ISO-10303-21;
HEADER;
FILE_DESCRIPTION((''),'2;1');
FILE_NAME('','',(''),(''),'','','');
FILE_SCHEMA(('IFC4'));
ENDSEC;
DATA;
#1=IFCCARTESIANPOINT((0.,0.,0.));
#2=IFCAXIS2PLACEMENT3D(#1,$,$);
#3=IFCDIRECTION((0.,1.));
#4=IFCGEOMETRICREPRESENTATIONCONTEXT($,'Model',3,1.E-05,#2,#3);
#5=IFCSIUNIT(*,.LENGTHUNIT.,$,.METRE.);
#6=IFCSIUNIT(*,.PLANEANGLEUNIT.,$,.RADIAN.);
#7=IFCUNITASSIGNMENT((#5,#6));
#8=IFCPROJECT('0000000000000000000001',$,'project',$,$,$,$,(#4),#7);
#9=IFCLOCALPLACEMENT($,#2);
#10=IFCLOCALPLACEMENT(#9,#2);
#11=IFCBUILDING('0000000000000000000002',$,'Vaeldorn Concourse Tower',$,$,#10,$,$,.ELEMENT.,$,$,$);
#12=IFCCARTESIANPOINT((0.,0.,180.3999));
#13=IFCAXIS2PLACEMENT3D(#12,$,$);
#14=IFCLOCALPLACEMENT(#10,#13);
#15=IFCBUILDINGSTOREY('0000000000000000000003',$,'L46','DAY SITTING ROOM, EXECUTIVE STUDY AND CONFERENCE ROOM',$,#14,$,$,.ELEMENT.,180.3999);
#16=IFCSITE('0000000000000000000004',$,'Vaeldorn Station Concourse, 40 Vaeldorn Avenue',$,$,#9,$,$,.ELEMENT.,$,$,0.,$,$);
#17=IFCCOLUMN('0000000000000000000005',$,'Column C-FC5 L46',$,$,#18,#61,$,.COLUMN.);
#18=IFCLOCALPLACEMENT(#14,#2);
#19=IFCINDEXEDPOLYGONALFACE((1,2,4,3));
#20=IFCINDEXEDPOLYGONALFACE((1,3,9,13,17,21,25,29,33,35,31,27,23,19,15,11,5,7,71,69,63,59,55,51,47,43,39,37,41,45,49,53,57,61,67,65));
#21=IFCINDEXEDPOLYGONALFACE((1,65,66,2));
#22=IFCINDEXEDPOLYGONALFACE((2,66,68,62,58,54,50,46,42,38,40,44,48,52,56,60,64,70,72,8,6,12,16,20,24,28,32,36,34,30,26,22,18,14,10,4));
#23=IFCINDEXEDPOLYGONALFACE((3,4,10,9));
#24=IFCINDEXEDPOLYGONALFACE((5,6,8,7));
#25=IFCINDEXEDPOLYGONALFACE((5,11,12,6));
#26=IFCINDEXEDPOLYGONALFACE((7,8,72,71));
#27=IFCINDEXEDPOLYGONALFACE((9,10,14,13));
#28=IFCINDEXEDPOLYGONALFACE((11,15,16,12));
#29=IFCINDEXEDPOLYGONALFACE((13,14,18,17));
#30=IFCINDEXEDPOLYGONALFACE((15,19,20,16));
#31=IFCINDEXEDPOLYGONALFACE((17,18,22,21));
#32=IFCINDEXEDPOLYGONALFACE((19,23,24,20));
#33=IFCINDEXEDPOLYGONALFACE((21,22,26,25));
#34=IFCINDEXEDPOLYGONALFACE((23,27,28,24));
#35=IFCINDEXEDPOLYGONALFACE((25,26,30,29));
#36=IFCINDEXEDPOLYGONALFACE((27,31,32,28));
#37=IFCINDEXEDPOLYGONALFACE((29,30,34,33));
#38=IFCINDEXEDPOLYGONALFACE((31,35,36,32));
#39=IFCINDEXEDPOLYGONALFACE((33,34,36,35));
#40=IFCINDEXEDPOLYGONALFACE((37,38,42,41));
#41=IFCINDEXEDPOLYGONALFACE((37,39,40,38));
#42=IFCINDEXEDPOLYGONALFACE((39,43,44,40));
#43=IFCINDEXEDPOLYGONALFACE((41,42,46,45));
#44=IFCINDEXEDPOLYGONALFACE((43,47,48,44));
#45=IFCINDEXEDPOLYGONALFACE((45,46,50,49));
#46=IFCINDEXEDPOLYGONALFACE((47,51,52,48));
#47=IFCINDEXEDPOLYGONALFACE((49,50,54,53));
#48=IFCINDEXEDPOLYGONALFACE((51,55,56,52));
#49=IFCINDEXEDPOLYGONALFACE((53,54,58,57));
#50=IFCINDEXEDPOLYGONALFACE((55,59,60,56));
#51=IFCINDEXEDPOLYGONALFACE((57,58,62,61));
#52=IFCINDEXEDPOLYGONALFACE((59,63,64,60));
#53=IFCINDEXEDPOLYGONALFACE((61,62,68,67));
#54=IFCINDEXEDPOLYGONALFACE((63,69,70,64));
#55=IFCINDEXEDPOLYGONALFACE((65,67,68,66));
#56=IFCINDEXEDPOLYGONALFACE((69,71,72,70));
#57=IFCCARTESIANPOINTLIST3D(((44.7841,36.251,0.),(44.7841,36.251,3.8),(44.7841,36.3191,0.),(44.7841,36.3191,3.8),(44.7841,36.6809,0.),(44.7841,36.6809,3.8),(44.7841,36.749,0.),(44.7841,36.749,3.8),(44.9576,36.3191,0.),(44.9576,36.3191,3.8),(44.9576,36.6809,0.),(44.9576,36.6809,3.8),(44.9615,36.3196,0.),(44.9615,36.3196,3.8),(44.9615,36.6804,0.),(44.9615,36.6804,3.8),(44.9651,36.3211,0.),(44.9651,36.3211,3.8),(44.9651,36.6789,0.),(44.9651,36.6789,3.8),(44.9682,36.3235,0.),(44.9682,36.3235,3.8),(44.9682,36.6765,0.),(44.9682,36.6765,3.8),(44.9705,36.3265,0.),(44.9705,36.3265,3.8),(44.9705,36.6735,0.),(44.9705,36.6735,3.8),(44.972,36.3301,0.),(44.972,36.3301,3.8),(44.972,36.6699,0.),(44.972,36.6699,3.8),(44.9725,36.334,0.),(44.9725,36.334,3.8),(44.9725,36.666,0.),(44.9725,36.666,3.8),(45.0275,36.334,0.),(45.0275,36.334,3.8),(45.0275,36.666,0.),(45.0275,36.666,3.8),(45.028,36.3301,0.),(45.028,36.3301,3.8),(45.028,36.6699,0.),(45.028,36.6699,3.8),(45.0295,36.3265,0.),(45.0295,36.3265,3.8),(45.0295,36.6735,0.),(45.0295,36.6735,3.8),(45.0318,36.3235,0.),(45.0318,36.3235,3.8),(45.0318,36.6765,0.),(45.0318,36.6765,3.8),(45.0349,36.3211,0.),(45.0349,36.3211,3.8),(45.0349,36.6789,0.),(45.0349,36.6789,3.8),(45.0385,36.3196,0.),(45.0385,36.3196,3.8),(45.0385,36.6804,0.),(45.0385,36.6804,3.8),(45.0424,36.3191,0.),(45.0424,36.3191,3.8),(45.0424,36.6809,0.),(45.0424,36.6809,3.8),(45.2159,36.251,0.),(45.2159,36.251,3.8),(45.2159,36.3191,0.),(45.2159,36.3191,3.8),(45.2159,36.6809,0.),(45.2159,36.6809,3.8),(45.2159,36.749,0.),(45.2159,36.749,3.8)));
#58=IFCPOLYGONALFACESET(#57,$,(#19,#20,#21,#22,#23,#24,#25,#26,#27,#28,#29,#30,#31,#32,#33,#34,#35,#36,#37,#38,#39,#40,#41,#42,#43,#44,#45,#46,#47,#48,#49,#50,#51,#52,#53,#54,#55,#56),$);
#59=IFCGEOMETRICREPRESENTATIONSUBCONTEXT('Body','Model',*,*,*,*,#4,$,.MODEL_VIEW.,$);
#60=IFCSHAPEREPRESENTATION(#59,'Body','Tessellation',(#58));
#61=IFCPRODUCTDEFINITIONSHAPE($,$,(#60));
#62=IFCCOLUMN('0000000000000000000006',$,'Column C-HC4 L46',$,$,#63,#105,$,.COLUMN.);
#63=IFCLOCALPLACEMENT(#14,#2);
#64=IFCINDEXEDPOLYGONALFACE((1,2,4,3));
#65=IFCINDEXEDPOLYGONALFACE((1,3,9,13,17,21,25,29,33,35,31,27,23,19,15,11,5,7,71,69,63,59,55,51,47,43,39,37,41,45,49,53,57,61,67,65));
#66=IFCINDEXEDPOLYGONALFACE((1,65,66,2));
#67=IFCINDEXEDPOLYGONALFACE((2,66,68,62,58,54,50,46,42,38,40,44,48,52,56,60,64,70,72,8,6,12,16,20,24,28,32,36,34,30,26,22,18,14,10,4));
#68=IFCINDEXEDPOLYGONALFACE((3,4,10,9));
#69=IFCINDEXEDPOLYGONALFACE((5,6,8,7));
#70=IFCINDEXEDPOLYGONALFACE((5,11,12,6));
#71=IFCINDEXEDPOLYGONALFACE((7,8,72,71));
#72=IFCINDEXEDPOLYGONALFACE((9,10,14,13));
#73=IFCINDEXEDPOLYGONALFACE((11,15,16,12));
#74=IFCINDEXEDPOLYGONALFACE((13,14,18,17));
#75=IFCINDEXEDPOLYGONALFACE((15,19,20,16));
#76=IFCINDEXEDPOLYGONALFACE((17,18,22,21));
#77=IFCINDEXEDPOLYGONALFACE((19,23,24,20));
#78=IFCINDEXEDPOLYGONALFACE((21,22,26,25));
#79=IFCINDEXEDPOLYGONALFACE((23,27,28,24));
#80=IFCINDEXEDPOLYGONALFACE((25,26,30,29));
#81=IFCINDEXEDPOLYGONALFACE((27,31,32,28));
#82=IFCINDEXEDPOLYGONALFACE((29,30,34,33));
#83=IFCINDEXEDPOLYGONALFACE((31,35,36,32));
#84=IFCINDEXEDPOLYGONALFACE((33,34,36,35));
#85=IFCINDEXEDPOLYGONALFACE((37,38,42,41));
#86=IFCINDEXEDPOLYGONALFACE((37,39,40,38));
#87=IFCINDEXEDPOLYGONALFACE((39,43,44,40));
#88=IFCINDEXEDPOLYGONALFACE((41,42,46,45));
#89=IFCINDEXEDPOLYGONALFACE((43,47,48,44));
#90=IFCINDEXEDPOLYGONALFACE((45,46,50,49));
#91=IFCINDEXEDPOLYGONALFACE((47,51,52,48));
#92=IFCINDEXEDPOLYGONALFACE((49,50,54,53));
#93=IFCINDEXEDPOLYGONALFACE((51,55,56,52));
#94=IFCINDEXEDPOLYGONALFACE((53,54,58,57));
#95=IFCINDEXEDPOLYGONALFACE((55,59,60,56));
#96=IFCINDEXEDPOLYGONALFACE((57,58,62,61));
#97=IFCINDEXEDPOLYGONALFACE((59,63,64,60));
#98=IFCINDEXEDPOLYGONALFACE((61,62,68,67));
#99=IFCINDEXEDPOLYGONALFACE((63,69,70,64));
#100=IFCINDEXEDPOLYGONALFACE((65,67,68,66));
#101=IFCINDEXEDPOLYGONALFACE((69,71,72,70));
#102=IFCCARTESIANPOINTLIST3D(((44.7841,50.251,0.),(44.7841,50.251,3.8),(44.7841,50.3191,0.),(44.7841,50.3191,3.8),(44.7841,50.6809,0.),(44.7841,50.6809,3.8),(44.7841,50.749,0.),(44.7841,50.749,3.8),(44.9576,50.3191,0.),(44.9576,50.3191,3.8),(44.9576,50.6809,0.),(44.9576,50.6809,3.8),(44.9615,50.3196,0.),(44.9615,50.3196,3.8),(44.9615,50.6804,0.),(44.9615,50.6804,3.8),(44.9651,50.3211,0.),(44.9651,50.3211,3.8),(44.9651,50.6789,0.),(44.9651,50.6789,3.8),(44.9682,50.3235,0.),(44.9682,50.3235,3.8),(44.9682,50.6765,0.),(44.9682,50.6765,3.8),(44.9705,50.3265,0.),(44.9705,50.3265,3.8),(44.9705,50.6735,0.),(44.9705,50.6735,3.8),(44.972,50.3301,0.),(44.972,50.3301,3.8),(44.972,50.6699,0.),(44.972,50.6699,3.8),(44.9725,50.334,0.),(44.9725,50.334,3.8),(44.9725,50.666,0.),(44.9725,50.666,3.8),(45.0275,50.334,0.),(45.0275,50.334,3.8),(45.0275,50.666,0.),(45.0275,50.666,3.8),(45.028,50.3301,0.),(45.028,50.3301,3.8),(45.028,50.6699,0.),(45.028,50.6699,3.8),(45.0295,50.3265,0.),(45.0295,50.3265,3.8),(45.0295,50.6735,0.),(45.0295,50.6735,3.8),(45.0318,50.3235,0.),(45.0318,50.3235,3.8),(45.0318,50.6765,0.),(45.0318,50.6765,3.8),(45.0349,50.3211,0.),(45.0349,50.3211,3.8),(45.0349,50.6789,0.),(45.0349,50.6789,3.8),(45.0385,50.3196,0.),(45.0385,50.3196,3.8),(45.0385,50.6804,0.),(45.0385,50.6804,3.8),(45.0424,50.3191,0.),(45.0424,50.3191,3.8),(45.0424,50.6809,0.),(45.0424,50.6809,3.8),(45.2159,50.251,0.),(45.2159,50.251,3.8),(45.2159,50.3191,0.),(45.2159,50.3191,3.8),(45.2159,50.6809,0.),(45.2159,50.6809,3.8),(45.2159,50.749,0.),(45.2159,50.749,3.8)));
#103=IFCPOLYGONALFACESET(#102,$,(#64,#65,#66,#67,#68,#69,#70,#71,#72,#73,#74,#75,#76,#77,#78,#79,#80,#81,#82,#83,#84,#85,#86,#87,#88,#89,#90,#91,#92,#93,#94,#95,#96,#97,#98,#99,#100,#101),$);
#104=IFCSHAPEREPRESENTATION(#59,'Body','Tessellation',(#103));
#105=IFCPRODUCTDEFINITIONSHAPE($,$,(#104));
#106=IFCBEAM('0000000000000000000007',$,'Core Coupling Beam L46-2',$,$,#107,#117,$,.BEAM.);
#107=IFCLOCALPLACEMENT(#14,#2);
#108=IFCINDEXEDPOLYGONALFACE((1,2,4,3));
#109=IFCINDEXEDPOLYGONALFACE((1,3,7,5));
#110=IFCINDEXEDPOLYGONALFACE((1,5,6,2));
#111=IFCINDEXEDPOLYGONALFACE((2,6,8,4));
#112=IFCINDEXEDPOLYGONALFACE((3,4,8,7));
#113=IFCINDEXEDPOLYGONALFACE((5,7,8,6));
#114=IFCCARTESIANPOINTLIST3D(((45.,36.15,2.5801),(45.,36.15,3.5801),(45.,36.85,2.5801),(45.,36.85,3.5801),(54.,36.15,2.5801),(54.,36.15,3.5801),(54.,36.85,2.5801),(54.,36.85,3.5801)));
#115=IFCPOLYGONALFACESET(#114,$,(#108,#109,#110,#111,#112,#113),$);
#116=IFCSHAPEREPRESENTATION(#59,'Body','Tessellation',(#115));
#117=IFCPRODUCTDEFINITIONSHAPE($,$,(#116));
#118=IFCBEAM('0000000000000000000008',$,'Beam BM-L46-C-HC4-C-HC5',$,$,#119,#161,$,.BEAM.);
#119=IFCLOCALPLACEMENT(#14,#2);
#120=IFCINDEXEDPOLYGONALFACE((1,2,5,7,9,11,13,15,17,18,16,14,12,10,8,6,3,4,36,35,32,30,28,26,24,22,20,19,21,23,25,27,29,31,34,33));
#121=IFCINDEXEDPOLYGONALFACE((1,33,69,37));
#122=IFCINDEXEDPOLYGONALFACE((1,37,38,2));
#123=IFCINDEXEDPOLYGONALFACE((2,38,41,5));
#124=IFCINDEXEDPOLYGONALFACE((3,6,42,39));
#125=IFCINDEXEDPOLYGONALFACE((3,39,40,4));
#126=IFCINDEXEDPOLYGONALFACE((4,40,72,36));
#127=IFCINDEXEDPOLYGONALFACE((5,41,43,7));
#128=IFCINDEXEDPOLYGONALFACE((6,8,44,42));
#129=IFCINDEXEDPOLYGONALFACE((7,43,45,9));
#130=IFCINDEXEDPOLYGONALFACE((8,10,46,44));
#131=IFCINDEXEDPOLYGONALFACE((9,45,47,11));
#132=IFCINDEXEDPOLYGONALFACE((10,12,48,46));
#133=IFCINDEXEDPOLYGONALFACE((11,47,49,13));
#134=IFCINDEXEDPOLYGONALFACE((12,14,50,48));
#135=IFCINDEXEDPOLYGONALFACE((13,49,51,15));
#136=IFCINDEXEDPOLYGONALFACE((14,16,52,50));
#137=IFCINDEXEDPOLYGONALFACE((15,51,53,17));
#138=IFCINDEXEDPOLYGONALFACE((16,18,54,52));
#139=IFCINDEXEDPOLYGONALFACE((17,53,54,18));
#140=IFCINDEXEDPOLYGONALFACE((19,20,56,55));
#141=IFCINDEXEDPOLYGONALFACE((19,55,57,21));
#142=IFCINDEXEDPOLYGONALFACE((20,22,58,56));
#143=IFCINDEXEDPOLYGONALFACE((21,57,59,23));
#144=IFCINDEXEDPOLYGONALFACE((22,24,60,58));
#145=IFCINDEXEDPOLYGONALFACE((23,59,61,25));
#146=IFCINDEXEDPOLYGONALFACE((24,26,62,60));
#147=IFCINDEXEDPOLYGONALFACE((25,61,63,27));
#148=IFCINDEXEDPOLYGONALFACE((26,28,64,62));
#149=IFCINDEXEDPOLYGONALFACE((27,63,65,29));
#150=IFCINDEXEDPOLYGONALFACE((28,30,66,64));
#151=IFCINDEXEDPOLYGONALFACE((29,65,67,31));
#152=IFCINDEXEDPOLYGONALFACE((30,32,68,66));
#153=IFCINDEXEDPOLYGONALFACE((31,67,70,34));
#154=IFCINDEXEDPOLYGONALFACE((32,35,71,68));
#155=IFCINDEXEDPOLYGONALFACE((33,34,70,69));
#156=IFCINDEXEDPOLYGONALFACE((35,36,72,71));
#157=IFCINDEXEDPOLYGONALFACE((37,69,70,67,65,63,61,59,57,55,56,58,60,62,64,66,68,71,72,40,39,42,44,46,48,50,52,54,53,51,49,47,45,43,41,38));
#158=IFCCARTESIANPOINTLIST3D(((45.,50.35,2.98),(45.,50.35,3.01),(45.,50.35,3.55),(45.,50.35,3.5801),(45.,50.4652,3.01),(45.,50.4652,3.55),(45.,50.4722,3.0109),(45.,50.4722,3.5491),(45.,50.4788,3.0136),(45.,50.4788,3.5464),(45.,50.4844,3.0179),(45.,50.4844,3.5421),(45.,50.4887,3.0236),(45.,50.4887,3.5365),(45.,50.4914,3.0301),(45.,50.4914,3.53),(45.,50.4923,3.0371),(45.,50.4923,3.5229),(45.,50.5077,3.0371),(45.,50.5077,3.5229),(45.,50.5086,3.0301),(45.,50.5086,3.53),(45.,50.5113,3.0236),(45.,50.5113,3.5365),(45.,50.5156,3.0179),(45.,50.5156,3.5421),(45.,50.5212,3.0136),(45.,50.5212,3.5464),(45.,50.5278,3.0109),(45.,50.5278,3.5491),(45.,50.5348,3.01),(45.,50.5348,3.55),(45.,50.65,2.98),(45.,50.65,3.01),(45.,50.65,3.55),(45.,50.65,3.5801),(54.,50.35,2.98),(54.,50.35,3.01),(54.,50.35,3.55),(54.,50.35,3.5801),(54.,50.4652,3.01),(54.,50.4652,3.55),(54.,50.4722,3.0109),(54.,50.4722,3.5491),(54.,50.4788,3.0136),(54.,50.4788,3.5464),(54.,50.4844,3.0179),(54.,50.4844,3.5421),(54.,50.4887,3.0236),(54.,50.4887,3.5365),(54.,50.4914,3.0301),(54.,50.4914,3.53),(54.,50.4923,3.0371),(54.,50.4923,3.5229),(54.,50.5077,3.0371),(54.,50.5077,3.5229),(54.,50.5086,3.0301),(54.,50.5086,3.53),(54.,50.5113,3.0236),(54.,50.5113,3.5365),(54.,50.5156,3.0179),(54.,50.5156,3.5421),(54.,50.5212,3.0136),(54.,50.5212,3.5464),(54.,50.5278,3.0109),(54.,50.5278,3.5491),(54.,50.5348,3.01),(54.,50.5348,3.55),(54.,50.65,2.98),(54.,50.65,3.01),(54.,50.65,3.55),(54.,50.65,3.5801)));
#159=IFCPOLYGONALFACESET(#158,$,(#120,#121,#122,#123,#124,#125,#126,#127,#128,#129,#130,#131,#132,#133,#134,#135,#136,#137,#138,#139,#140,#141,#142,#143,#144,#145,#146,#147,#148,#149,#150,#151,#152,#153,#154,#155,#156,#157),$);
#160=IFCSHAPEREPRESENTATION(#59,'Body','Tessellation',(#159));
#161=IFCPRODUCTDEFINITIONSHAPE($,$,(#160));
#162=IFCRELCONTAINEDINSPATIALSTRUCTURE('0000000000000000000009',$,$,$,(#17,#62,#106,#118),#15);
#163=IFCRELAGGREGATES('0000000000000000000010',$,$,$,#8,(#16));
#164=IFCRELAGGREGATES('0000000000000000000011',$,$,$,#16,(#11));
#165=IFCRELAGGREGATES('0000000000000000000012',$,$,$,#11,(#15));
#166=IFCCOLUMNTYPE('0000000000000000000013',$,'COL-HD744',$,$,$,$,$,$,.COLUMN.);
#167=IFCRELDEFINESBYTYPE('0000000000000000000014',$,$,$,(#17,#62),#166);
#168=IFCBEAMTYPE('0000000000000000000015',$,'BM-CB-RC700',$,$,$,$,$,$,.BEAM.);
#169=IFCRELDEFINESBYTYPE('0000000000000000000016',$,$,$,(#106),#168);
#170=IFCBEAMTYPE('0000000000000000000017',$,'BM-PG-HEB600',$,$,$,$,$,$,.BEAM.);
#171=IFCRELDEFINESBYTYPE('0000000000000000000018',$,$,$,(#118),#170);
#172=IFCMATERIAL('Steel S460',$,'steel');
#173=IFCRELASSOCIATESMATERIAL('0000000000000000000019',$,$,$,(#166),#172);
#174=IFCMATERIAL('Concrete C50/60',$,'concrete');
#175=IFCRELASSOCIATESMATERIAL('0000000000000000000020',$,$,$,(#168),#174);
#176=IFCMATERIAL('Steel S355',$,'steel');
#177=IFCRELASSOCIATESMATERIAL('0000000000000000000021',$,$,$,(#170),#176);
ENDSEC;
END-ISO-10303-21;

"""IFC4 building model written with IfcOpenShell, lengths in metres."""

from ifc_helpers import new_model, si_unit, direction, frame, origin, origin_2d, place, context, subcontext, project, spatial, rectangle, i_section, extrude, source, transform, mapped, material, material_profile, profile_set, type_object, element, save


model = new_model("IFC4")

# Units and contexts
model_context = context("Model", 3, precision=1e-05, world=origin(), true_north=direction((0.0, 1.0)))
body_context = subcontext(model_context, "Body", "Model", "MODEL_VIEW")
ifc_project = project(units=[si_unit("LENGTHUNIT", "METRE"), si_unit("PLANEANGLEUNIT", "RADIAN")], contexts=[model_context])

# Site, building, storey
site_placement = place(None, origin())
site = spatial("IfcSite", under=ifc_project, at=site_placement, Name="Vaeldorn Station Concourse, 40 Vaeldorn Avenue", CompositionType="ELEMENT", RefElevation=0.0)
building_placement = place(site_placement, origin())
building = spatial("IfcBuilding", under=site, at=building_placement, Name="Vaeldorn Concourse Tower", CompositionType="ELEMENT")
storey_placement = place(building_placement, frame((0.0, 0.0, 180.3999)))
storey = spatial("IfcBuildingStorey", under=building, at=storey_placement, Name="L46", Description="DAY SITTING ROOM, EXECUTIVE STUDY AND CONFERENCE ROOM", CompositionType="ELEMENT", Elevation=180.3999)

# Columns
ifc_material_1 = material(Name="Steel S460", Category="steel")
ifc_material_profile_1 = material_profile(ifc_material_1, i_section(OverallWidth=0.4319, OverallDepth=0.498, WebThickness=0.0549, FlangeThickness=0.0681, FilletRadius=0.0149, at=origin_2d()), Name="HD 400x744")
ifc_profile_set_1 = profile_set([ifc_material_profile_1], Name="Steel S460")
column_type = type_object("IfcColumnType", Name="COL-HD744", PredefinedType="COLUMN", material=ifc_profile_set_1)
shared_shape_1 = source(origin(), body_context, "Body", "SweptSolid", [
    extrude(i_section(OverallWidth=0.4319, OverallDepth=0.498, WebThickness=0.0549, FlangeThickness=0.0681, FilletRadius=0.0149, at=origin_2d()), origin(), (0.0, 0.0, 1.0), 3.8),
])
for number, where, z_axis, x_axis, name in (
    (1, (45.0, 36.5, 0.0), (0.0, 0.0, 1.0), (1.0, 0.0, 0.0), "Column C-FC5 L46"),
    (2, (45.0, 50.5, 0.0), (0.0, 0.0, 1.0), (1.0, 0.0, 0.0), "Column C-HC4 L46"),
):
    element("IfcColumn", number, at=place(storey_placement, frame(where, z_axis=z_axis, x_axis=x_axis)), inside=storey, type_object=column_type, Name=name, PredefinedType="COLUMN", context=body_context, shape_type="MappedRepresentation", body=[
        mapped(shared_shape_1, transform((0.0, 0.0, 0.0), scale=1.0)),
    ])

# Beams
ifc_material_2 = material(Name="Concrete C50/60", Category="concrete")
ifc_material_profile_2 = material_profile(ifc_material_2, rectangle(XDim=0.7, YDim=1.0, at=origin_2d()), Name="RC 700x1000")
ifc_profile_set_2 = profile_set([ifc_material_profile_2], Name="Concrete C50/60")
beam_type_1 = type_object("IfcBeamType", Name="BM-CB-RC700", PredefinedType="BEAM", material=ifc_profile_set_2)
shared_shape_2 = source(origin(), body_context, "Body", "SweptSolid", [
    extrude(rectangle(XDim=0.7, YDim=1.0, at=origin_2d()), origin(), (0.0, 0.0, 1.0), 9.0),
])
beam_1_placement = place(storey_placement, frame((45.0, 36.5, 3.0801), z_axis=(1.0, 0.0, 0.0), x_axis=(0.0, 1.0, 0.0)))
element("IfcBeam", 3, at=beam_1_placement, inside=storey, type_object=beam_type_1, Name="Core Coupling Beam L46-2", PredefinedType="BEAM", context=body_context, shape_type="MappedRepresentation", body=[
    mapped(shared_shape_2, transform((0.0, 0.0, 0.0), scale=1.0)),
])
ifc_material_3 = material(Name="Steel S355", Category="steel")
ifc_material_profile_3 = material_profile(ifc_material_3, i_section(OverallWidth=0.3, OverallDepth=0.6001, WebThickness=0.0154, FlangeThickness=0.03, FilletRadius=0.0271, at=origin_2d()), Name="HEB 600")
ifc_profile_set_3 = profile_set([ifc_material_profile_3], Name="Steel S355")
beam_type_2 = type_object("IfcBeamType", Name="BM-PG-HEB600", PredefinedType="BEAM", material=ifc_profile_set_3)
shared_shape_3 = source(origin(), body_context, "Body", "SweptSolid", [
    extrude(i_section(OverallWidth=0.3, OverallDepth=0.6001, WebThickness=0.0154, FlangeThickness=0.03, FilletRadius=0.0271, at=origin_2d()), origin(), (0.0, 0.0, 1.0), 9.0),
])
beam_2_placement = place(storey_placement, frame((45.0, 50.5, 3.28), z_axis=(1.0, 0.0, 0.0), x_axis=(0.0, 1.0, 0.0)))
element("IfcBeam", 4, at=beam_2_placement, inside=storey, type_object=beam_type_2, Name="Beam BM-L46-C-HC4-C-HC5", PredefinedType="BEAM", context=body_context, shape_type="MappedRepresentation", body=[
    mapped(shared_shape_3, transform((0.0, 0.0, 0.0), scale=1.0)),
])

save(model, "model.ifc")
